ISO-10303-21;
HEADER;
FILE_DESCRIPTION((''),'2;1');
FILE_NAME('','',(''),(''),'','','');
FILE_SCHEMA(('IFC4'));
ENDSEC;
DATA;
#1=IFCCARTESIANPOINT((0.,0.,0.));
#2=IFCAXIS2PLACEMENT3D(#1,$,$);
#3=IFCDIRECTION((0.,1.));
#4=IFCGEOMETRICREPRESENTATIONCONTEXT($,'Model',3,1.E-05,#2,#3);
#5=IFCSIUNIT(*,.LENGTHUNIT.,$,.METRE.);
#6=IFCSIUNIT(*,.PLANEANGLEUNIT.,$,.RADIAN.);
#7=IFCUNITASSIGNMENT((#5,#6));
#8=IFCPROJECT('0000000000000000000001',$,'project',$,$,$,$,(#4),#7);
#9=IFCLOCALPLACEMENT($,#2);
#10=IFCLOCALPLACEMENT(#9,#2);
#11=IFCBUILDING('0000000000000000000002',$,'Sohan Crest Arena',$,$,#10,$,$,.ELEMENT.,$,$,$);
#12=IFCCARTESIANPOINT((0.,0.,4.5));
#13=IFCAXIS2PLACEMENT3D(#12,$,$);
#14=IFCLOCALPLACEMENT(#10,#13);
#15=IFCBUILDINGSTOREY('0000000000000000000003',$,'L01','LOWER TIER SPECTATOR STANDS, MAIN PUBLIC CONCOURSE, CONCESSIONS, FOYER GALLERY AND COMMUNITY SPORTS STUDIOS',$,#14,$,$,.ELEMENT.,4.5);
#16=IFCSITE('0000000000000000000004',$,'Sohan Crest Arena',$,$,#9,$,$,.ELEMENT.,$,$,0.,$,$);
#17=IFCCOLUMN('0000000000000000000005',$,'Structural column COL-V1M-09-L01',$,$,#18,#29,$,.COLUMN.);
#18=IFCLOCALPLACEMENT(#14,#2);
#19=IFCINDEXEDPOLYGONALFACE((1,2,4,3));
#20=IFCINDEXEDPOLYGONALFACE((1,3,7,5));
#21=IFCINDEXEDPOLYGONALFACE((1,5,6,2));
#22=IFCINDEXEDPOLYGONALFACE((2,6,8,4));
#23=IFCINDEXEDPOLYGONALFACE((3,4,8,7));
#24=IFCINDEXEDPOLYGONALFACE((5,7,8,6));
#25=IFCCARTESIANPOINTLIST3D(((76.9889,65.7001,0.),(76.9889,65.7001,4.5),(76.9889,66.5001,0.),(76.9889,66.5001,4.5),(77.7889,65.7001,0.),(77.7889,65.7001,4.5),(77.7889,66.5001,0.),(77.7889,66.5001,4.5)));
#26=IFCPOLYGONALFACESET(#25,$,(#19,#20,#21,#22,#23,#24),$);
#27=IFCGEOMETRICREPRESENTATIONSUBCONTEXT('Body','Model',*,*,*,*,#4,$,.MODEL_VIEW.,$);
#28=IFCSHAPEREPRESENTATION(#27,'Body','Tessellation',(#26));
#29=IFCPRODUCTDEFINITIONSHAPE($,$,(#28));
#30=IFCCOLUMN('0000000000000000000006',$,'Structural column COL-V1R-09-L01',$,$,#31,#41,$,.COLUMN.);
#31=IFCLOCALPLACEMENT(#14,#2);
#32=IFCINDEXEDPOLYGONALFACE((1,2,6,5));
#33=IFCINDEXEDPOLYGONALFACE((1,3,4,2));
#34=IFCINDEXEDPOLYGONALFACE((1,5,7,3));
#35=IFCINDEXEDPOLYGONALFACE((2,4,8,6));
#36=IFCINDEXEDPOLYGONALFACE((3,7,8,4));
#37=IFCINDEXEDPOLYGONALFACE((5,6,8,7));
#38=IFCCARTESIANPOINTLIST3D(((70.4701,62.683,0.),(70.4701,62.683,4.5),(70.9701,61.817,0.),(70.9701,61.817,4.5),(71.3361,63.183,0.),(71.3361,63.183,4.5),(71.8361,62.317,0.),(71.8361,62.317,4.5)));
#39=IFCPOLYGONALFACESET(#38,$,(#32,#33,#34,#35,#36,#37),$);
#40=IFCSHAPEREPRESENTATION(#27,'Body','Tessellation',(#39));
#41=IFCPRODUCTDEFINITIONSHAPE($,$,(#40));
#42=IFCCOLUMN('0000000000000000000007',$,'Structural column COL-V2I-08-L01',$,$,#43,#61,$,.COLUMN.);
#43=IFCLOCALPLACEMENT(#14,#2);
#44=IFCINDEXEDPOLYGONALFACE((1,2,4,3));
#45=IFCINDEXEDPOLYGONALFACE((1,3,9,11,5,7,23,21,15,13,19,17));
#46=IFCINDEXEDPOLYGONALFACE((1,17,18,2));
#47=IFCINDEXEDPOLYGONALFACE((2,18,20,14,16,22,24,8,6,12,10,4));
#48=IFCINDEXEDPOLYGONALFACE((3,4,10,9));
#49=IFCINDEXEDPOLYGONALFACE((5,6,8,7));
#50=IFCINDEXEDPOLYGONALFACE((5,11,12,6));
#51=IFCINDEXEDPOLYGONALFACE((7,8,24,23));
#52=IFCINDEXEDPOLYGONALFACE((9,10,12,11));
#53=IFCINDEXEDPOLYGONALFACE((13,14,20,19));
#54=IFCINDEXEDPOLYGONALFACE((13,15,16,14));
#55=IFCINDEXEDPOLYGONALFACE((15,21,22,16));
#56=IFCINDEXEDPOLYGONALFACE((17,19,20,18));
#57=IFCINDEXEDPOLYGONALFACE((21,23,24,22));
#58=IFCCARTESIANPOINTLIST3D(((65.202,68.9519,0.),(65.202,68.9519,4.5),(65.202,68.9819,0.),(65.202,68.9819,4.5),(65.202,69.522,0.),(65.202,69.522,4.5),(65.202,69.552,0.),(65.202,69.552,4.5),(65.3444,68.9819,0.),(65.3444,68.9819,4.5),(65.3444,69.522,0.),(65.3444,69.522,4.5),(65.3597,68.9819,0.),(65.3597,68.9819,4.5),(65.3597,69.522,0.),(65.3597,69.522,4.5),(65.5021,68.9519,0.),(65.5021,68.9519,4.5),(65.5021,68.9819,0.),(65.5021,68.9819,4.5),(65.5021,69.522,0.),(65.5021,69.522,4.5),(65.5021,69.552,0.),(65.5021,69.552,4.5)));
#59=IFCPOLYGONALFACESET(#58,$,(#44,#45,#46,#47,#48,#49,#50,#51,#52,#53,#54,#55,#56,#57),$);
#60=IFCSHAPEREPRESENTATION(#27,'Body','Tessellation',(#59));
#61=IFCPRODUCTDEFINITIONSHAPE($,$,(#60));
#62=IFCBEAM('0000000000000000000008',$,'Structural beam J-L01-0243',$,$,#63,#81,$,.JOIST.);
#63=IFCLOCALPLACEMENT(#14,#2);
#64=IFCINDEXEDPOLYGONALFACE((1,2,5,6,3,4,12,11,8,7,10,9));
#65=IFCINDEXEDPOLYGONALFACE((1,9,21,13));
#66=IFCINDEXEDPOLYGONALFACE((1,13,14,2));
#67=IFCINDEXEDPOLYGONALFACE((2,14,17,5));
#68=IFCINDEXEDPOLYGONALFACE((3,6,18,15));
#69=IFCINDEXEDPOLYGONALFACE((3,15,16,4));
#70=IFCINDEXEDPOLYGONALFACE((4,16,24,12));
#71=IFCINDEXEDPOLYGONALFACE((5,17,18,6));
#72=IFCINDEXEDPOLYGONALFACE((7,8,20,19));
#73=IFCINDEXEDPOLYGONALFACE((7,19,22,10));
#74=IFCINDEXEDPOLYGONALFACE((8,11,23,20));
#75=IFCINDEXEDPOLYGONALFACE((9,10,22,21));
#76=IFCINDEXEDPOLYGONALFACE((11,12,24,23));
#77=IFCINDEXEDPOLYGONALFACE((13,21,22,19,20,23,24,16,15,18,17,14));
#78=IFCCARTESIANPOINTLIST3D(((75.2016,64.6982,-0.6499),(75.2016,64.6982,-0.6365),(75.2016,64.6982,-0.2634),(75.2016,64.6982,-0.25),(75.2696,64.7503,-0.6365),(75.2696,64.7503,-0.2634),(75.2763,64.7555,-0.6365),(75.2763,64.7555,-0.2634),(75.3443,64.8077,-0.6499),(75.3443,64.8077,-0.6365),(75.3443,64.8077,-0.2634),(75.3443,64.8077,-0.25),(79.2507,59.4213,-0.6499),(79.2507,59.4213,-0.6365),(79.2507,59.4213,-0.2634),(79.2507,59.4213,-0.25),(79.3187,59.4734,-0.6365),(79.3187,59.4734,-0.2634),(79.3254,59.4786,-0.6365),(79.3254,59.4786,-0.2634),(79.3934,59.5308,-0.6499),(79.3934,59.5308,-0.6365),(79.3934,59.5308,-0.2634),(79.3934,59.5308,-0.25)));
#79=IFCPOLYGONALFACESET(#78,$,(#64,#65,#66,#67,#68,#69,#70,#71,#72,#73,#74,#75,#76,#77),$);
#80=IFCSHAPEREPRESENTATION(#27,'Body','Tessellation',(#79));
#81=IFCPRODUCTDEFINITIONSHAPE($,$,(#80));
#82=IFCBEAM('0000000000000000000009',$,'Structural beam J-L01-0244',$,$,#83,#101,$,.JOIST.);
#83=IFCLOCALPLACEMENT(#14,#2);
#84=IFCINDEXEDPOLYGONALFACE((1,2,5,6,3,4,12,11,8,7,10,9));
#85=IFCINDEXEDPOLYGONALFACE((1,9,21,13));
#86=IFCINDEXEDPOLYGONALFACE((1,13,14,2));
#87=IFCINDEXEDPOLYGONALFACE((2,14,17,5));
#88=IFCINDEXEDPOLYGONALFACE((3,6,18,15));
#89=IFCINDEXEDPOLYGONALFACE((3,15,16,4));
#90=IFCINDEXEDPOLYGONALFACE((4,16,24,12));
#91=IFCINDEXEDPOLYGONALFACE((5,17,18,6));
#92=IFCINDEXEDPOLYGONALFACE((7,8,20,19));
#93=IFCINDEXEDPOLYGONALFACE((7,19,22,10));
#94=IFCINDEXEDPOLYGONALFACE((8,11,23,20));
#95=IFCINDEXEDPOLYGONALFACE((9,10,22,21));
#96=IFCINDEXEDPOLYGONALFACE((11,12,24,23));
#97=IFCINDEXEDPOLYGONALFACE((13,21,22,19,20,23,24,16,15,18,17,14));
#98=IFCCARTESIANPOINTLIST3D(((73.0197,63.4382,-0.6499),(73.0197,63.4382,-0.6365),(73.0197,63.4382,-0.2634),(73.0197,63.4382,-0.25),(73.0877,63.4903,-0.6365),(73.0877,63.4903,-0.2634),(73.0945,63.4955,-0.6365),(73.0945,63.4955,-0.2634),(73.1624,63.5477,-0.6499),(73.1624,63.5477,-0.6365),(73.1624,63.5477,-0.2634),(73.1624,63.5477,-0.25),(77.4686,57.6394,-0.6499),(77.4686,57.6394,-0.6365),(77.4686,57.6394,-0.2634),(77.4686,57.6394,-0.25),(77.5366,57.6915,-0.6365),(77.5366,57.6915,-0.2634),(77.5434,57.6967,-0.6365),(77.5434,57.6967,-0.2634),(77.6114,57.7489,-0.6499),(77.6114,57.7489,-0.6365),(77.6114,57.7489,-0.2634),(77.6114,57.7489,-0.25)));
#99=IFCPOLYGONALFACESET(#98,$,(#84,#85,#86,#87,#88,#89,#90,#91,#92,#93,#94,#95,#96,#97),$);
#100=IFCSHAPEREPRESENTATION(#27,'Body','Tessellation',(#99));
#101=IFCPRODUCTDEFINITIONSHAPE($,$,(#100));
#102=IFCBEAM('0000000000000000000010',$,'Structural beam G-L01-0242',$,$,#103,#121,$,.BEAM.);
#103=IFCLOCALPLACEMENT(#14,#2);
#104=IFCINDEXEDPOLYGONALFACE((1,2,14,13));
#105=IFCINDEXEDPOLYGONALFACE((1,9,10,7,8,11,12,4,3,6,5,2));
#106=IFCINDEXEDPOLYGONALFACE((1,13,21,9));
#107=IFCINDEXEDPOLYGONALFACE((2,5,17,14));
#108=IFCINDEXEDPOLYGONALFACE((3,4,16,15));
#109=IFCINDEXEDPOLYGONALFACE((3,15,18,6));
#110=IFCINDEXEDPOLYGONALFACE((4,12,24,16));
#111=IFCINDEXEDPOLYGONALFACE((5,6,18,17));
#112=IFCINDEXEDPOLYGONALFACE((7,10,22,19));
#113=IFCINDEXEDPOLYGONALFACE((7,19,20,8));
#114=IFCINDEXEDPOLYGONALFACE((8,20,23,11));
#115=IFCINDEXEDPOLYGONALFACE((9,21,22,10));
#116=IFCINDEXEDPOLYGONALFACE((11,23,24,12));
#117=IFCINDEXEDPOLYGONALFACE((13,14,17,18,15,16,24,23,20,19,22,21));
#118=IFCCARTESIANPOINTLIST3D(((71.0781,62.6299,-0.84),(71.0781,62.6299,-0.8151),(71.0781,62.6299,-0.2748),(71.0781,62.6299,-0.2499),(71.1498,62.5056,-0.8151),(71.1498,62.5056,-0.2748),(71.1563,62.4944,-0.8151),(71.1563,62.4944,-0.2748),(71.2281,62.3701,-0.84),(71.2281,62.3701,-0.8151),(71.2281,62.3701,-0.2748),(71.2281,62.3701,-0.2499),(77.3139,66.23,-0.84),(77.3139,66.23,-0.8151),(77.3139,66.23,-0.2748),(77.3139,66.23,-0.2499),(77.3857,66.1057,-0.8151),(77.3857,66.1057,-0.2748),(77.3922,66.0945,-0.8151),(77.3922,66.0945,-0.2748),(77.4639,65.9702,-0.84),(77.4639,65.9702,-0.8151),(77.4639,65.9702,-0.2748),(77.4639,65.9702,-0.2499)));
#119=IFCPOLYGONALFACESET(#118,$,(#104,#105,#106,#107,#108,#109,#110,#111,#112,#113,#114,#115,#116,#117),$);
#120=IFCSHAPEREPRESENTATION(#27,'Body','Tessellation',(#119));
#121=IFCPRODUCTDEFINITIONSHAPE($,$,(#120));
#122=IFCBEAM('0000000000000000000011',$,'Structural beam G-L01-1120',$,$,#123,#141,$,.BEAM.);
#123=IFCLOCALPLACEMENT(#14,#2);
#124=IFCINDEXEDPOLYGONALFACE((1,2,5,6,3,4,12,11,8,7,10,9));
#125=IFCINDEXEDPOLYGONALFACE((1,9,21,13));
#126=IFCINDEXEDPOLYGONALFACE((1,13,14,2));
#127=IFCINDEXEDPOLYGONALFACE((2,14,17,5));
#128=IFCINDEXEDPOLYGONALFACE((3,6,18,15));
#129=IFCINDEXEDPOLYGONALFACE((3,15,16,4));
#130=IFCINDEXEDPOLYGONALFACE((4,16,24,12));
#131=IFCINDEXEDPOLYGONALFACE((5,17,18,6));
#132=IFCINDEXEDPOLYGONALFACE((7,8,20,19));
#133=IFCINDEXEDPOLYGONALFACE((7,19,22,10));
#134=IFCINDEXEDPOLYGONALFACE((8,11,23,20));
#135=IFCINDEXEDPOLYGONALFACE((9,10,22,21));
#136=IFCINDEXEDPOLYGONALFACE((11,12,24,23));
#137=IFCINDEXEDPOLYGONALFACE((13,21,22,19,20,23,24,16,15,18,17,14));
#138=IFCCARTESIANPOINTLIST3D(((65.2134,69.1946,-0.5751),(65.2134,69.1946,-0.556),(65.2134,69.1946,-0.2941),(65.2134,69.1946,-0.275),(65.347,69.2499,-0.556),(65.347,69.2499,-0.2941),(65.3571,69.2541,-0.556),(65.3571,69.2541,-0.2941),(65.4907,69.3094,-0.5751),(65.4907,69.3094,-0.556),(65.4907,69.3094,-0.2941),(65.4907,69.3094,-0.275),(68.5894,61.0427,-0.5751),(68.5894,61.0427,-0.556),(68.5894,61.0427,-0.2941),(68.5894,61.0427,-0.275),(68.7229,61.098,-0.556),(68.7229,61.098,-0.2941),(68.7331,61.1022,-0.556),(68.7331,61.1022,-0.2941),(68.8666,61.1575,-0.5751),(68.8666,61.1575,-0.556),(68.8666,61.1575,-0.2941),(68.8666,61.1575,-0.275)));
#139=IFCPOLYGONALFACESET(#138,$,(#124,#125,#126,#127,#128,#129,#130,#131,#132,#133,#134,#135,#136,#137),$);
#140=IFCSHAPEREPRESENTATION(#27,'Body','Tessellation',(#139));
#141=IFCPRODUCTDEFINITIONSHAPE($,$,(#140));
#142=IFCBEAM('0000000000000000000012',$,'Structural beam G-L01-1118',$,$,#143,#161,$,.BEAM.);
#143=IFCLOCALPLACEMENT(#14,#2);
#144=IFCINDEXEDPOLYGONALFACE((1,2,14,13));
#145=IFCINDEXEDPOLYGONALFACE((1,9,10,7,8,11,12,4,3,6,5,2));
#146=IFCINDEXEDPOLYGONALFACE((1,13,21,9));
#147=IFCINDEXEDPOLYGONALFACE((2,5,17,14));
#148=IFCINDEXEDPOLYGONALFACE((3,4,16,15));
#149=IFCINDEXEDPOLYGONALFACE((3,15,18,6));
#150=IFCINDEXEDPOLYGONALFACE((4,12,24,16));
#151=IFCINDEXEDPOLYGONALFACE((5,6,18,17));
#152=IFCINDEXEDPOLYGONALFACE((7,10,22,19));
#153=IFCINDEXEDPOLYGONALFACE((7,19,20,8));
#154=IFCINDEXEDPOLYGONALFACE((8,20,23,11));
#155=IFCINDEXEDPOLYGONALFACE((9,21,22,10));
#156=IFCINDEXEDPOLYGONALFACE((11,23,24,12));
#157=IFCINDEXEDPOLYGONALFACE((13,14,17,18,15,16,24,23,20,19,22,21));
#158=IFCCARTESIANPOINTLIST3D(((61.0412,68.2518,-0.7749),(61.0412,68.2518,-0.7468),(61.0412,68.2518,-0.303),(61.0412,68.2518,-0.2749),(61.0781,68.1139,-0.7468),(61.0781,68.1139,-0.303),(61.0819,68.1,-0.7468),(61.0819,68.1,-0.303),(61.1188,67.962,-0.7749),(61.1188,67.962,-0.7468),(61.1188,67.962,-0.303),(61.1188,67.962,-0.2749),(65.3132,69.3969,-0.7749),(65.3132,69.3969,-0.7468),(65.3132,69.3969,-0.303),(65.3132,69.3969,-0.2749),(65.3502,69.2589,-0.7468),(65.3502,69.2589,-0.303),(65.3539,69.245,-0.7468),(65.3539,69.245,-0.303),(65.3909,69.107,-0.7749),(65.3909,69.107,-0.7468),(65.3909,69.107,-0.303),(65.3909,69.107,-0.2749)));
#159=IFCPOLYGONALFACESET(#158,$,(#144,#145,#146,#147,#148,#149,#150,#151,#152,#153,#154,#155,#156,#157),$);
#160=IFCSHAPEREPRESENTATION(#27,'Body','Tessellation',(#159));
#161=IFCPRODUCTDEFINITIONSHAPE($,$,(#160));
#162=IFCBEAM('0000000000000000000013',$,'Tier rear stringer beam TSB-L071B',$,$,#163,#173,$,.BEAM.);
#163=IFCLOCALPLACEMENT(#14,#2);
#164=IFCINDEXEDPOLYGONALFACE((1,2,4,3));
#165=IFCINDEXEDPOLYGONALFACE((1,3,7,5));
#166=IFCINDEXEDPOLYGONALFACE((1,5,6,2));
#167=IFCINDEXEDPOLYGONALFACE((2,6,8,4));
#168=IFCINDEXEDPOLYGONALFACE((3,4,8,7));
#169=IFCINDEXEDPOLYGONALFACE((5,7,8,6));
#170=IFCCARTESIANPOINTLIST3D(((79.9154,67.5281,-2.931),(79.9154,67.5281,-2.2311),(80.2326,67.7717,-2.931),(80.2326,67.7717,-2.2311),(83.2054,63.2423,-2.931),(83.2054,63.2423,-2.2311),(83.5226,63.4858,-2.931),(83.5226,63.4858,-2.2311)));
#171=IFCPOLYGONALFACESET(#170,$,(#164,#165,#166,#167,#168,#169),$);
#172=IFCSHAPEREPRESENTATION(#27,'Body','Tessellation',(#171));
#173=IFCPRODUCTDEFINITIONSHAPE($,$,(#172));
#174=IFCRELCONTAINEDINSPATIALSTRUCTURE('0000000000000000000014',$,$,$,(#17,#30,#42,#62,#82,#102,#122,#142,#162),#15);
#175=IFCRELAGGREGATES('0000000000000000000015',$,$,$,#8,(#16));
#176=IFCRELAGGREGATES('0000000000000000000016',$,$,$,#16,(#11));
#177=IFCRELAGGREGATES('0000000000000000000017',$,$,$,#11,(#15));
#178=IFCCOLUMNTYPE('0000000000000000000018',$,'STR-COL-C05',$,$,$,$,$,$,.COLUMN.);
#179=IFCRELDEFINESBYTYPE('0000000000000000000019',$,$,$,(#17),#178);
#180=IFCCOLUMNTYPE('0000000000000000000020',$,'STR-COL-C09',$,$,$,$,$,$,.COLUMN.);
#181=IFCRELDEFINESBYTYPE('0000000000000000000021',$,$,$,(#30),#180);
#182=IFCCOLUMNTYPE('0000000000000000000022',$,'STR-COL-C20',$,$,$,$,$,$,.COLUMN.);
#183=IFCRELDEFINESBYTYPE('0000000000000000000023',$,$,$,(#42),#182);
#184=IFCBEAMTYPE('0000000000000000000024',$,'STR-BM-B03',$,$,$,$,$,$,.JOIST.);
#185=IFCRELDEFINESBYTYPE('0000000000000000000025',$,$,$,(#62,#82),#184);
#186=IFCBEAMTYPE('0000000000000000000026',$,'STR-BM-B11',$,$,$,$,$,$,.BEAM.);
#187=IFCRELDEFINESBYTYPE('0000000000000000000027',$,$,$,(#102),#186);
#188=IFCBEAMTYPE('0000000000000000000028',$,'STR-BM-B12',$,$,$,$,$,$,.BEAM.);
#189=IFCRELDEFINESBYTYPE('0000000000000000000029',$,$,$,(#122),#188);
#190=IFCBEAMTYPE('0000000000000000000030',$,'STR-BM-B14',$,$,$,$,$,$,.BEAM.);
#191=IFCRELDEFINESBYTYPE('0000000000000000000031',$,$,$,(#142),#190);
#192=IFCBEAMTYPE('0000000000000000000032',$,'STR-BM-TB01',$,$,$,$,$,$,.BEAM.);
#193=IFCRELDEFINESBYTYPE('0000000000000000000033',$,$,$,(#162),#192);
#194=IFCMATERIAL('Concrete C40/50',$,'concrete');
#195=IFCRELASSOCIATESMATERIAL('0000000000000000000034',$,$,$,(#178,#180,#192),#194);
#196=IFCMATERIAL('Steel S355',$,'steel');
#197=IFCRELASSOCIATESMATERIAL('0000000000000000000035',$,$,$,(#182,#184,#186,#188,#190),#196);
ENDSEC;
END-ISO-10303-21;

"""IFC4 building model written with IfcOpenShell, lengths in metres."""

from ifc_helpers import new_model, si_unit, direction, frame, origin, origin_2d, place, context, subcontext, project, spatial, rectangle, i_section, extrude, material, material_profile, profile_set, type_object, element, save


model = new_model("IFC4")

# Units and contexts
model_context = context("Model", 3, precision=1e-05, world=origin(), true_north=direction((0.0, 1.0)))
body_context = subcontext(model_context, "Body", "Model", "MODEL_VIEW")
ifc_project = project(units=[si_unit("LENGTHUNIT", "METRE"), si_unit("PLANEANGLEUNIT", "RADIAN")], contexts=[model_context])

# Site, building, storey
site_placement = place(None, origin())
site = spatial("IfcSite", under=ifc_project, at=site_placement, Name="Sohan Crest Arena", CompositionType="ELEMENT", RefElevation=0.0)
building_placement = place(site_placement, origin())
building = spatial("IfcBuilding", under=site, at=building_placement, Name="Sohan Crest Arena", CompositionType="ELEMENT")
storey_placement = place(building_placement, frame((0.0, 0.0, 4.5)))
storey = spatial("IfcBuildingStorey", under=building, at=storey_placement, Name="L01", Description="LOWER TIER SPECTATOR STANDS, MAIN PUBLIC CONCOURSE, CONCESSIONS, FOYER GALLERY AND COMMUNITY SPORTS STUDIOS", CompositionType="ELEMENT", Elevation=4.5)

# Columns
ifc_material_1 = material(Name="Concrete C40/50", Category="concrete")
ifc_material_profile_1 = material_profile(ifc_material_1, rectangle(XDim=0.8, YDim=0.8, at=origin_2d()), Name="RC 800x800")
ifc_profile_set_1 = profile_set([ifc_material_profile_1], Name="Concrete C40/50")
column_type_1 = type_object("IfcColumnType", Name="STR-COL-C05", PredefinedType="COLUMN", material=ifc_profile_set_1)
column_1_placement = place(storey_placement, frame((77.3889, 66.1001, 0.0), z_axis=(0.0, 0.0, 1.0), x_axis=(1.0, 0.0, 0.0)))
element("IfcColumn", 1, at=column_1_placement, inside=storey, type_object=column_type_1, Name="Structural column COL-V1M-09-L01", PredefinedType="COLUMN", context=body_context, shape_type="SweptSolid", body=[
    extrude(rectangle(XDim=0.8, YDim=0.8, at=origin_2d()), origin(), (0.0, 0.0, 1.0), 4.5),
])
ifc_material_profile_2 = material_profile(ifc_material_1, rectangle(XDim=1.0, YDim=1.0, at=origin_2d()), Name="RC 1000x1000")
ifc_profile_set_2 = profile_set([ifc_material_profile_2], Name="Concrete C40/50")
column_type_2 = type_object("IfcColumnType", Name="STR-COL-C09", PredefinedType="COLUMN", material=ifc_profile_set_2)
column_2_placement = place(storey_placement, frame((71.1531, 62.5, 0.0), z_axis=(0.0, 0.0, 1.0), x_axis=(0.866025, 0.5, 0.0)))
element("IfcColumn", 2, at=column_2_placement, inside=storey, type_object=column_type_2, Name="Structural column COL-V1R-09-L01", PredefinedType="COLUMN", context=body_context, shape_type="SweptSolid", body=[
    extrude(rectangle(XDim=1.0, YDim=1.0, at=origin_2d()), origin(), (0.0, 0.0, 1.0), 4.5),
])
ifc_material_2 = material(Name="Steel S355", Category="steel")
ifc_material_profile_3 = material_profile(ifc_material_2, i_section(OverallWidth=0.3, OverallDepth=0.6001, WebThickness=0.0154, FlangeThickness=0.03, at=origin_2d()), Name="HEB 600")
ifc_profile_set_3 = profile_set([ifc_material_profile_3], Name="Steel S355")
column_type_3 = type_object("IfcColumnType", Name="STR-COL-C20", PredefinedType="COLUMN", material=ifc_profile_set_3)
column_3_placement = place(storey_placement, frame((65.3521, 69.252, 0.0), z_axis=(0.0, 0.0, 1.0), x_axis=(1.0, 0.0, 0.0)))
element("IfcColumn", 3, at=column_3_placement, inside=storey, type_object=column_type_3, Name="Structural column COL-V2I-08-L01", PredefinedType="COLUMN", context=body_context, shape_type="SweptSolid", body=[
    extrude(i_section(OverallWidth=0.3, OverallDepth=0.6001, WebThickness=0.0154, FlangeThickness=0.03, at=origin_2d()), origin(), (0.0, 0.0, 1.0), 4.5),
])

# Beams
ifc_material_profile_4 = material_profile(ifc_material_2, i_section(OverallWidth=0.1799, OverallDepth=0.3999, WebThickness=0.0085, FlangeThickness=0.0134, at=origin_2d()), Name="IPE 400")
ifc_profile_set_4 = profile_set([ifc_material_profile_4], Name="Steel S355")
beam_type_1 = type_object("IfcBeamType", Name="STR-BM-B03", PredefinedType="JOIST", material=ifc_profile_set_4)
beam_1_placement = place(storey_placement, frame((75.2729, 64.7529, -0.45), z_axis=(0.608761, -0.793353, 0.0), x_axis=(0.793353, 0.608761, 0.0)))
element("IfcBeam", 4, at=beam_1_placement, inside=storey, type_object=beam_type_1, Name="Structural beam J-L01-0243", PredefinedType="JOIST", context=body_context, shape_type="SweptSolid", body=[
    extrude(i_section(OverallWidth=0.1799, OverallDepth=0.3999, WebThickness=0.0085, FlangeThickness=0.0134, at=origin_2d()), origin(), (0.0, 0.0, 1.0), 6.6514),
])
beam_2_placement = place(storey_placement, frame((73.0911, 63.4929, -0.45), z_axis=(0.608708, -0.793394, 0.0), x_axis=(0.793394, 0.608708, 0.0)))
element("IfcBeam", 5, at=beam_2_placement, inside=storey, type_object=beam_type_1, Name="Structural beam J-L01-0244", PredefinedType="JOIST", context=body_context, shape_type="SweptSolid", body=[
    extrude(i_section(OverallWidth=0.1799, OverallDepth=0.3999, WebThickness=0.0085, FlangeThickness=0.0134, at=origin_2d()), origin(), (0.0, 0.0, 1.0), 7.3088),
])
ifc_material_profile_5 = material_profile(ifc_material_2, i_section(OverallWidth=0.3, OverallDepth=0.5901, WebThickness=0.0129, FlangeThickness=0.0249, at=origin_2d()), Name="HEA 600")
ifc_profile_set_5 = profile_set([ifc_material_profile_5], Name="Steel S355")
beam_type_2 = type_object("IfcBeamType", Name="STR-BM-B11", PredefinedType="BEAM", material=ifc_profile_set_5)
beam_3_placement = place(storey_placement, frame((77.3889, 66.1001, -0.5449), z_axis=(-0.866035, -0.499983, 0.0), x_axis=(0.499983, -0.866035, 0.0)))
element("IfcBeam", 6, at=beam_3_placement, inside=storey, type_object=beam_type_2, Name="Structural beam G-L01-0242", PredefinedType="BEAM", context=body_context, shape_type="SweptSolid", body=[
    extrude(i_section(OverallWidth=0.3, OverallDepth=0.5901, WebThickness=0.0129, FlangeThickness=0.0249, at=origin_2d()), origin(), (0.0, 0.0, 1.0), 7.2004),
])
ifc_material_profile_6 = material_profile(ifc_material_2, i_section(OverallWidth=0.3, OverallDepth=0.3, WebThickness=0.011, FlangeThickness=0.019, at=origin_2d()), Name="HEB 300")
ifc_profile_set_6 = profile_set([ifc_material_profile_6], Name="Steel S355")
beam_type_3 = type_object("IfcBeamType", Name="STR-BM-B12", PredefinedType="BEAM", material=ifc_profile_set_6)
beam_4_placement = place(storey_placement, frame((65.3521, 69.252, -0.425), z_axis=(0.382622, -0.923905, 0.0), x_axis=(0.923905, 0.382622, 0.0)))
element("IfcBeam", 7, at=beam_4_placement, inside=storey, type_object=beam_type_3, Name="Structural beam G-L01-1120", PredefinedType="BEAM", context=body_context, shape_type="SweptSolid", body=[
    extrude(i_section(OverallWidth=0.3, OverallDepth=0.3, WebThickness=0.011, FlangeThickness=0.019, at=origin_2d()), origin(), (0.0, 0.0, 1.0), 8.8232),
])
ifc_material_profile_7 = material_profile(ifc_material_2, i_section(OverallWidth=0.3, OverallDepth=0.5, WebThickness=0.0144, FlangeThickness=0.0281, at=origin_2d()), Name="HEB 500")
ifc_profile_set_7 = profile_set([ifc_material_profile_7], Name="Steel S355")
beam_type_4 = type_object("IfcBeamType", Name="STR-BM-B14", PredefinedType="BEAM", material=ifc_profile_set_7)
beam_5_placement = place(storey_placement, frame((65.3521, 69.252, -0.5249), z_axis=(-0.965906, -0.258892, 0.0), x_axis=(0.258892, -0.965906, 0.0)))
element("IfcBeam", 8, at=beam_5_placement, inside=storey, type_object=beam_type_4, Name="Structural beam G-L01-1118", PredefinedType="BEAM", context=body_context, shape_type="SweptSolid", body=[
    extrude(i_section(OverallWidth=0.3, OverallDepth=0.5, WebThickness=0.0144, FlangeThickness=0.0281, at=origin_2d()), origin(), (0.0, 0.0, 1.0), 4.4229),
])
ifc_material_profile_8 = material_profile(ifc_material_1, rectangle(XDim=0.3999, YDim=0.7, at=origin_2d()), Name="RC-BM 400x700")
ifc_profile_set_8 = profile_set([ifc_material_profile_8], Name="Concrete C40/50")
beam_type_5 = type_object("IfcBeamType", Name="STR-BM-TB01", PredefinedType="BEAM", material=ifc_profile_set_8)
beam_6_placement = place(storey_placement, frame((80.074, 67.6499, -2.5811), z_axis=(0.60892, -0.793232, 0.0), x_axis=(0.793232, 0.60892, 0.0)))
element("IfcBeam", 9, at=beam_6_placement, inside=storey, type_object=beam_type_5, Name="Tier rear stringer beam TSB-L071B", PredefinedType="BEAM", context=body_context, shape_type="SweptSolid", body=[
    extrude(rectangle(XDim=0.3999, YDim=0.7, at=origin_2d()), origin(), (0.0, 0.0, 1.0), 5.4031),
])

save(model, "model.ifc")
